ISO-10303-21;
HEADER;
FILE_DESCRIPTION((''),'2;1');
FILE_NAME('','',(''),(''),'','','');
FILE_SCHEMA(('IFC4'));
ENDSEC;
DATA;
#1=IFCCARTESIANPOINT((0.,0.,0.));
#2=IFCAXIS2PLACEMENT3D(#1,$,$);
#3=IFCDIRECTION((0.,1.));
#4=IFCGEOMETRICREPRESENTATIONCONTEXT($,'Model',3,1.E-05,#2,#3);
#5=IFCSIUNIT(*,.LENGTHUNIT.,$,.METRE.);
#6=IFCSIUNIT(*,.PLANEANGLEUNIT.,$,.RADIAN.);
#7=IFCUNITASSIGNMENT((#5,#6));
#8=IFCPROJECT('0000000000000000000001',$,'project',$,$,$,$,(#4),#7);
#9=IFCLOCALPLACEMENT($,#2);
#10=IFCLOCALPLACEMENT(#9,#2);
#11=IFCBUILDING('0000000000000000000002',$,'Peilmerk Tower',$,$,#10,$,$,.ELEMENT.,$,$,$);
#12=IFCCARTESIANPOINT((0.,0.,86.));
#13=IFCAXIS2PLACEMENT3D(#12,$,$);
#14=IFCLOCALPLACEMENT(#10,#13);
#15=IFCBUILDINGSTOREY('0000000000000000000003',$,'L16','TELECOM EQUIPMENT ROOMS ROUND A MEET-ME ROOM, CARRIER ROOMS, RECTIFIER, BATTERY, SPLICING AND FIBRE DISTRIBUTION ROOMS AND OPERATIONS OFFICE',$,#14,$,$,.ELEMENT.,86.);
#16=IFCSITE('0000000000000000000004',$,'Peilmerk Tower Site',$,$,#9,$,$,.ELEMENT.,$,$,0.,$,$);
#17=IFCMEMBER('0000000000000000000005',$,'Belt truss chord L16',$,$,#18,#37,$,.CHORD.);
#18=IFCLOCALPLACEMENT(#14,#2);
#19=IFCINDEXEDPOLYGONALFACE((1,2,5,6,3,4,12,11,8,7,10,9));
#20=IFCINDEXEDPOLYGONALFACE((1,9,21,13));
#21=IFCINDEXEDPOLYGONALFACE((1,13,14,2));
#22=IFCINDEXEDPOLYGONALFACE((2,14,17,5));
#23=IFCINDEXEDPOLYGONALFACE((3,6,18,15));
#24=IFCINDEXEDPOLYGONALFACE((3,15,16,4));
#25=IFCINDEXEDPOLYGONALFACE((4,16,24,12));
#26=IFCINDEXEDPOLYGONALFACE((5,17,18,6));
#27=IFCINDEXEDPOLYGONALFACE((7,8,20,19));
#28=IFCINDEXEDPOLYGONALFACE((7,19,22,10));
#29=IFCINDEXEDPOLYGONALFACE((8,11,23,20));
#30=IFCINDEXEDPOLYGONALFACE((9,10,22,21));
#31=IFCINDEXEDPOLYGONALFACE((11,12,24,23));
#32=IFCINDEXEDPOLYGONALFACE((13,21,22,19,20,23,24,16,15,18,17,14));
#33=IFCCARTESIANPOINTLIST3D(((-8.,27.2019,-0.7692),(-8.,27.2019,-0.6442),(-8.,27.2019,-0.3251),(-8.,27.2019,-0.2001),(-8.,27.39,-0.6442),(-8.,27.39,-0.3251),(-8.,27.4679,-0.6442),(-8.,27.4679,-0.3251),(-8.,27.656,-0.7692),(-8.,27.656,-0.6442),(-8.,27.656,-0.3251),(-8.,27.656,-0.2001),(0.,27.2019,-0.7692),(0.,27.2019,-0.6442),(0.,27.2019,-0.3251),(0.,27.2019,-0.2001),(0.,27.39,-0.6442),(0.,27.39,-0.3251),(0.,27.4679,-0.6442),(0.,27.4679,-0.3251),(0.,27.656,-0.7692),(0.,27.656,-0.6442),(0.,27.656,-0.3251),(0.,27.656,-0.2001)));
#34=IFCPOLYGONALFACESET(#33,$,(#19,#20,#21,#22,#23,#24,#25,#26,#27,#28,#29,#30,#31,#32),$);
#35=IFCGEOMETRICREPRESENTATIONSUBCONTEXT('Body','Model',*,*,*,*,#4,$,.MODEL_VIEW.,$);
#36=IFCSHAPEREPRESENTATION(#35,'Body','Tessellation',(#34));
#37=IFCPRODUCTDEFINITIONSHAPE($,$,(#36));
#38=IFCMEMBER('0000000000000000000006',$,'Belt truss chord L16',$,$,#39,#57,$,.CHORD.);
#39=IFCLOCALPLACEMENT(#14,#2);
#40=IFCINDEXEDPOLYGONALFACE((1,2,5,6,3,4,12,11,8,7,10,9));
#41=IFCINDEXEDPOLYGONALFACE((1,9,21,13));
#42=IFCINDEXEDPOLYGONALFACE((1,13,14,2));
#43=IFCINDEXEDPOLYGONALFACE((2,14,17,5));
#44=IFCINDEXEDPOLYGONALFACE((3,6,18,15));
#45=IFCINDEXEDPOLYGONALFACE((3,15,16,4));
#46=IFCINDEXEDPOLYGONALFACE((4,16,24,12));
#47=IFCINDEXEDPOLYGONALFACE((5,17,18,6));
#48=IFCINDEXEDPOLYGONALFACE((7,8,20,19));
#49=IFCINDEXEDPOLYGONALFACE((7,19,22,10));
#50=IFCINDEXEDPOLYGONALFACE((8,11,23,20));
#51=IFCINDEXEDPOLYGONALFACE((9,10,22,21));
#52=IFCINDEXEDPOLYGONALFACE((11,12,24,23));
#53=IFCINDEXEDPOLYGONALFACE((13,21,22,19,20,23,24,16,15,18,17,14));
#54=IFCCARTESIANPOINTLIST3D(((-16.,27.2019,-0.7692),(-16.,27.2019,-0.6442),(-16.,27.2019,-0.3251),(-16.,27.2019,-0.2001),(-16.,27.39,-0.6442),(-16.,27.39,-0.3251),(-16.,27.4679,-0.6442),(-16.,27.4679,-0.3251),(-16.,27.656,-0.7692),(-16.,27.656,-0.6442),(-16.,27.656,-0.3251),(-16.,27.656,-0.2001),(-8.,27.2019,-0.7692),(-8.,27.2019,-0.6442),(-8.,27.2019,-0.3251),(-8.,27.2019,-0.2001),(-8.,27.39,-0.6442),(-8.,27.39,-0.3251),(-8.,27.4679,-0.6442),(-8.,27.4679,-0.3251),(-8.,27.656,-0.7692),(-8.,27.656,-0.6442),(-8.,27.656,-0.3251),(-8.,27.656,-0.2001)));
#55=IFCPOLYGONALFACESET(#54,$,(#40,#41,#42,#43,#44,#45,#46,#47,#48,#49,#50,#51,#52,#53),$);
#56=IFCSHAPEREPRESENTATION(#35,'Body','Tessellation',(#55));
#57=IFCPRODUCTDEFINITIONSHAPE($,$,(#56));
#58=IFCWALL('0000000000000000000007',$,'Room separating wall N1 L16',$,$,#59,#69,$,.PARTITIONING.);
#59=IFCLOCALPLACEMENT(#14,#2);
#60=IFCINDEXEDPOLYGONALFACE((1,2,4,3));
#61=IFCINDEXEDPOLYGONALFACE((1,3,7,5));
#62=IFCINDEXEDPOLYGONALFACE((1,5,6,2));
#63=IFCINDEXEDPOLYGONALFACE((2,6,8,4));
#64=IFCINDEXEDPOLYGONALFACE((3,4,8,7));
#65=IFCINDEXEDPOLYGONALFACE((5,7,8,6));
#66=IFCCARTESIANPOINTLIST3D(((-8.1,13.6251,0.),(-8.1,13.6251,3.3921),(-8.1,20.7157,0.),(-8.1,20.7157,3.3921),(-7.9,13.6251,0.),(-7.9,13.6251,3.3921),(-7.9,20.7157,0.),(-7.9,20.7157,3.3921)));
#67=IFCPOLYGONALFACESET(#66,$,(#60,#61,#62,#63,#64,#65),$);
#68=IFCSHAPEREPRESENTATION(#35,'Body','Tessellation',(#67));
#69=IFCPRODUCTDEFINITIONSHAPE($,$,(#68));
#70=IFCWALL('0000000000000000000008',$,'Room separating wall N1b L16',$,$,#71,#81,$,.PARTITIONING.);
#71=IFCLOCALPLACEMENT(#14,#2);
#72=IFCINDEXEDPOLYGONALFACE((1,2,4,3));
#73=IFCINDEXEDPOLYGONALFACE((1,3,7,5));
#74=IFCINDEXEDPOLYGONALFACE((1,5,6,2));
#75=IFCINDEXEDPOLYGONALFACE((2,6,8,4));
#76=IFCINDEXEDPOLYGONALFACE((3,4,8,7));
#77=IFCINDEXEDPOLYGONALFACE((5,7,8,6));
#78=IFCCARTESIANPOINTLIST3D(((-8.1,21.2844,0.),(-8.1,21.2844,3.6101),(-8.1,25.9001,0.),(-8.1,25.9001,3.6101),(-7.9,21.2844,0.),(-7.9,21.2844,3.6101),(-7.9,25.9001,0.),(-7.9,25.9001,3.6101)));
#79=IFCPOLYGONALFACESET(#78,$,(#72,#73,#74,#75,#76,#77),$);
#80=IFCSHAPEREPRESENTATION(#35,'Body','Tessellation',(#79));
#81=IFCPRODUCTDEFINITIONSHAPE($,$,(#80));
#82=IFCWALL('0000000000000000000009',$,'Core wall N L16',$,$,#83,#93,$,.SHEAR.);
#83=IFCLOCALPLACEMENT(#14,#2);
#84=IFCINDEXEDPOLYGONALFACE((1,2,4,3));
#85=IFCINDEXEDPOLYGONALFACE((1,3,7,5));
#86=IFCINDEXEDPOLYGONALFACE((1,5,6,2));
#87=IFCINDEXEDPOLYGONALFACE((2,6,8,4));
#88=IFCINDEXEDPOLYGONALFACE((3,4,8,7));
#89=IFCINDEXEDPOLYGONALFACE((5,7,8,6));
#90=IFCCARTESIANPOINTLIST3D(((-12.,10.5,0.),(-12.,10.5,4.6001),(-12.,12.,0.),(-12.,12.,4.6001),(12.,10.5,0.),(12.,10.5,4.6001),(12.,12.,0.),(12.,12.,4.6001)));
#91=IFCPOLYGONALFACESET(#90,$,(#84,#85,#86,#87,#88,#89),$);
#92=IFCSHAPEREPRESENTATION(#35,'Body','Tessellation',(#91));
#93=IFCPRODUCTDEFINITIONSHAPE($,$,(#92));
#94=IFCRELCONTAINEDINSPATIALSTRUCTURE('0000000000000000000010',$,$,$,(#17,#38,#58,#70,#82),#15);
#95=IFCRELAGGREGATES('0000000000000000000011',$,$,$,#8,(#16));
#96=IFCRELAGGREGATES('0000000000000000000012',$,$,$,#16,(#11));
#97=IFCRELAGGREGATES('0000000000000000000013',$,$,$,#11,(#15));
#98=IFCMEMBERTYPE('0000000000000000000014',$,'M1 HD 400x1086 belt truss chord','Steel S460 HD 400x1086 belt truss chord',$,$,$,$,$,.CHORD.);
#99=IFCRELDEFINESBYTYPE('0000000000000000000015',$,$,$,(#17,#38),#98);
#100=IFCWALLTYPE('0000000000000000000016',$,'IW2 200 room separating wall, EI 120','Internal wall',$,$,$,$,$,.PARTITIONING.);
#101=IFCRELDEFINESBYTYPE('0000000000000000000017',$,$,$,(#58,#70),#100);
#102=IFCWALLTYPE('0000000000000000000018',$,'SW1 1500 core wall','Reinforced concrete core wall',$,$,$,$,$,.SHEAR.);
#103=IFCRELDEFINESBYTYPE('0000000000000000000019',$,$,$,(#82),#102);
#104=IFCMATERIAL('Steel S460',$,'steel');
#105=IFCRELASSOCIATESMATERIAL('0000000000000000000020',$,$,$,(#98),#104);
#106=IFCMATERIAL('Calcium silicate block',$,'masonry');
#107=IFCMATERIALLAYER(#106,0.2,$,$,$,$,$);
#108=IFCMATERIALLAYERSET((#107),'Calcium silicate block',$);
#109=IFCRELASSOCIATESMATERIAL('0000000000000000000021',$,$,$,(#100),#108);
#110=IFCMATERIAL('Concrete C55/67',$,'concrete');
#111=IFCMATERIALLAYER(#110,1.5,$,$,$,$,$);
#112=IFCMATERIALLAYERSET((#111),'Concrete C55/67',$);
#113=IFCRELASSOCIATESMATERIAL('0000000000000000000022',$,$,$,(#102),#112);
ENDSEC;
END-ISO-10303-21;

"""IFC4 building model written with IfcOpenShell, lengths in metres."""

from ifc_helpers import new_model, si_unit, direction, frame, frame_2d, origin, origin_2d, place, context, subcontext, project, spatial, rectangle, i_section, extrude, material, layer, layer_set, material_profile, profile_set, type_object, element, save


model = new_model("IFC4")

# Units and contexts
model_context = context("Model", 3, precision=1e-05, world=origin(), true_north=direction((0.0, 1.0)))
body_context = subcontext(model_context, "Body", "Model", "MODEL_VIEW")
ifc_project = project(units=[si_unit("LENGTHUNIT", "METRE"), si_unit("PLANEANGLEUNIT", "RADIAN")], contexts=[model_context])

# Site, building, storey
site_placement = place(None, origin())
site = spatial("IfcSite", under=ifc_project, at=site_placement, Name="Peilmerk Tower Site", CompositionType="ELEMENT", RefElevation=0.0)
building_placement = place(site_placement, origin())
building = spatial("IfcBuilding", under=site, at=building_placement, Name="Peilmerk Tower", CompositionType="ELEMENT")
storey_placement = place(building_placement, frame((0.0, 0.0, 86.0)))
storey = spatial("IfcBuildingStorey", under=building, at=storey_placement, Name="L16", Description="TELECOM EQUIPMENT ROOMS ROUND A MEET-ME ROOM, CARRIER ROOMS, RECTIFIER, BATTERY, SPLICING AND FIBRE DISTRIBUTION ROOMS AND OPERATIONS OFFICE", CompositionType="ELEMENT", Elevation=86.0)

# Shared definitions
ifc_material_1 = material(Name="Steel S460", Category="steel")

# Members
ifc_material_profile_1 = material_profile(ifc_material_1, i_section(OverallWidth=0.4541, OverallDepth=0.5691, WebThickness=0.0779, FlangeThickness=0.125, at=origin_2d()), Name="HD 400x1086")
ifc_profile_set_1 = profile_set([ifc_material_profile_1], Name="Steel S460")
member_type = type_object("IfcMemberType", Name="M1 HD 400x1086 belt truss chord", Description="Steel S460 HD 400x1086 belt truss chord", PredefinedType="CHORD", material=ifc_profile_set_1)
for number, where, z_axis, x_axis, name in (
    (1, (0.0, 27.429, -0.4846), (-1.0, 0.0, 0.0), (0.0, -1.0, 0.0), "Belt truss chord L16"),
    (2, (-8.0, 27.429, -0.4846), (-1.0, 0.0, 0.0), (0.0, -1.0, 0.0), "Belt truss chord L16"),
):
    element("IfcMember", number, at=place(storey_placement, frame(where, z_axis=z_axis, x_axis=x_axis)), inside=storey, type_object=member_type, Name=name, PredefinedType="CHORD", context=body_context, shape_type="SweptSolid", body=[
        extrude(i_section(OverallWidth=0.4541, OverallDepth=0.5691, WebThickness=0.0779, FlangeThickness=0.125, at=origin_2d()), origin(), (0.0, 0.0, 1.0), 8.0),
    ])

# Walls
ifc_material_2 = material(Name="Calcium silicate block", Category="masonry")
ifc_layer_1 = layer(ifc_material_2, 0.2)
ifc_layer_set_1 = layer_set([ifc_layer_1], Name="Calcium silicate block")
wall_type_1 = type_object("IfcWallType", Name="IW2 200 room separating wall, EI 120", Description="Internal wall", PredefinedType="PARTITIONING", material=ifc_layer_set_1)
wall_1_placement = place(storey_placement, frame((-8.0, 13.625, 0.0), z_axis=(0.0, 0.0, 1.0), x_axis=(0.0, 1.0, 0.0)))
element("IfcWall", 3, at=wall_1_placement, inside=storey, type_object=wall_type_1, Name="Room separating wall N1 L16", PredefinedType="PARTITIONING", context=body_context, shape_type="SweptSolid", body=[
    extrude(rectangle(XDim=7.0906, YDim=0.2, at=frame_2d((3.5454, 0.0))), origin(), (0.0, 0.0, 1.0), 3.3921),
])
wall_2_placement = place(storey_placement, frame((-8.0, 21.2844, 0.0), z_axis=(0.0, 0.0, 1.0), x_axis=(0.0, 1.0, 0.0)))
element("IfcWall", 4, at=wall_2_placement, inside=storey, type_object=wall_type_1, Name="Room separating wall N1b L16", PredefinedType="PARTITIONING", context=body_context, shape_type="SweptSolid", body=[
    extrude(rectangle(XDim=4.6157, YDim=0.2, at=frame_2d((2.3079, 0.0))), origin(), (0.0, 0.0, 1.0), 3.6101),
])
ifc_material_3 = material(Name="Concrete C55/67", Category="concrete")
ifc_layer_2 = layer(ifc_material_3, 1.5)
ifc_layer_set_2 = layer_set([ifc_layer_2], Name="Concrete C55/67")
wall_type_2 = type_object("IfcWallType", Name="SW1 1500 core wall", Description="Reinforced concrete core wall", PredefinedType="SHEAR", material=ifc_layer_set_2)
wall_3_placement = place(storey_placement, frame((-12.0, 11.25, 0.0), z_axis=(0.0, 0.0, 1.0), x_axis=(1.0, 0.0, 0.0)))
element("IfcWall", 5, at=wall_3_placement, inside=storey, type_object=wall_type_2, Name="Core wall N L16", PredefinedType="SHEAR", context=body_context, shape_type="SweptSolid", body=[
    extrude(rectangle(XDim=24.0, YDim=1.5, at=frame_2d((12.0, 0.0))), origin(), (0.0, 0.0, 1.0), 4.6001),
])

save(model, "model.ifc")
